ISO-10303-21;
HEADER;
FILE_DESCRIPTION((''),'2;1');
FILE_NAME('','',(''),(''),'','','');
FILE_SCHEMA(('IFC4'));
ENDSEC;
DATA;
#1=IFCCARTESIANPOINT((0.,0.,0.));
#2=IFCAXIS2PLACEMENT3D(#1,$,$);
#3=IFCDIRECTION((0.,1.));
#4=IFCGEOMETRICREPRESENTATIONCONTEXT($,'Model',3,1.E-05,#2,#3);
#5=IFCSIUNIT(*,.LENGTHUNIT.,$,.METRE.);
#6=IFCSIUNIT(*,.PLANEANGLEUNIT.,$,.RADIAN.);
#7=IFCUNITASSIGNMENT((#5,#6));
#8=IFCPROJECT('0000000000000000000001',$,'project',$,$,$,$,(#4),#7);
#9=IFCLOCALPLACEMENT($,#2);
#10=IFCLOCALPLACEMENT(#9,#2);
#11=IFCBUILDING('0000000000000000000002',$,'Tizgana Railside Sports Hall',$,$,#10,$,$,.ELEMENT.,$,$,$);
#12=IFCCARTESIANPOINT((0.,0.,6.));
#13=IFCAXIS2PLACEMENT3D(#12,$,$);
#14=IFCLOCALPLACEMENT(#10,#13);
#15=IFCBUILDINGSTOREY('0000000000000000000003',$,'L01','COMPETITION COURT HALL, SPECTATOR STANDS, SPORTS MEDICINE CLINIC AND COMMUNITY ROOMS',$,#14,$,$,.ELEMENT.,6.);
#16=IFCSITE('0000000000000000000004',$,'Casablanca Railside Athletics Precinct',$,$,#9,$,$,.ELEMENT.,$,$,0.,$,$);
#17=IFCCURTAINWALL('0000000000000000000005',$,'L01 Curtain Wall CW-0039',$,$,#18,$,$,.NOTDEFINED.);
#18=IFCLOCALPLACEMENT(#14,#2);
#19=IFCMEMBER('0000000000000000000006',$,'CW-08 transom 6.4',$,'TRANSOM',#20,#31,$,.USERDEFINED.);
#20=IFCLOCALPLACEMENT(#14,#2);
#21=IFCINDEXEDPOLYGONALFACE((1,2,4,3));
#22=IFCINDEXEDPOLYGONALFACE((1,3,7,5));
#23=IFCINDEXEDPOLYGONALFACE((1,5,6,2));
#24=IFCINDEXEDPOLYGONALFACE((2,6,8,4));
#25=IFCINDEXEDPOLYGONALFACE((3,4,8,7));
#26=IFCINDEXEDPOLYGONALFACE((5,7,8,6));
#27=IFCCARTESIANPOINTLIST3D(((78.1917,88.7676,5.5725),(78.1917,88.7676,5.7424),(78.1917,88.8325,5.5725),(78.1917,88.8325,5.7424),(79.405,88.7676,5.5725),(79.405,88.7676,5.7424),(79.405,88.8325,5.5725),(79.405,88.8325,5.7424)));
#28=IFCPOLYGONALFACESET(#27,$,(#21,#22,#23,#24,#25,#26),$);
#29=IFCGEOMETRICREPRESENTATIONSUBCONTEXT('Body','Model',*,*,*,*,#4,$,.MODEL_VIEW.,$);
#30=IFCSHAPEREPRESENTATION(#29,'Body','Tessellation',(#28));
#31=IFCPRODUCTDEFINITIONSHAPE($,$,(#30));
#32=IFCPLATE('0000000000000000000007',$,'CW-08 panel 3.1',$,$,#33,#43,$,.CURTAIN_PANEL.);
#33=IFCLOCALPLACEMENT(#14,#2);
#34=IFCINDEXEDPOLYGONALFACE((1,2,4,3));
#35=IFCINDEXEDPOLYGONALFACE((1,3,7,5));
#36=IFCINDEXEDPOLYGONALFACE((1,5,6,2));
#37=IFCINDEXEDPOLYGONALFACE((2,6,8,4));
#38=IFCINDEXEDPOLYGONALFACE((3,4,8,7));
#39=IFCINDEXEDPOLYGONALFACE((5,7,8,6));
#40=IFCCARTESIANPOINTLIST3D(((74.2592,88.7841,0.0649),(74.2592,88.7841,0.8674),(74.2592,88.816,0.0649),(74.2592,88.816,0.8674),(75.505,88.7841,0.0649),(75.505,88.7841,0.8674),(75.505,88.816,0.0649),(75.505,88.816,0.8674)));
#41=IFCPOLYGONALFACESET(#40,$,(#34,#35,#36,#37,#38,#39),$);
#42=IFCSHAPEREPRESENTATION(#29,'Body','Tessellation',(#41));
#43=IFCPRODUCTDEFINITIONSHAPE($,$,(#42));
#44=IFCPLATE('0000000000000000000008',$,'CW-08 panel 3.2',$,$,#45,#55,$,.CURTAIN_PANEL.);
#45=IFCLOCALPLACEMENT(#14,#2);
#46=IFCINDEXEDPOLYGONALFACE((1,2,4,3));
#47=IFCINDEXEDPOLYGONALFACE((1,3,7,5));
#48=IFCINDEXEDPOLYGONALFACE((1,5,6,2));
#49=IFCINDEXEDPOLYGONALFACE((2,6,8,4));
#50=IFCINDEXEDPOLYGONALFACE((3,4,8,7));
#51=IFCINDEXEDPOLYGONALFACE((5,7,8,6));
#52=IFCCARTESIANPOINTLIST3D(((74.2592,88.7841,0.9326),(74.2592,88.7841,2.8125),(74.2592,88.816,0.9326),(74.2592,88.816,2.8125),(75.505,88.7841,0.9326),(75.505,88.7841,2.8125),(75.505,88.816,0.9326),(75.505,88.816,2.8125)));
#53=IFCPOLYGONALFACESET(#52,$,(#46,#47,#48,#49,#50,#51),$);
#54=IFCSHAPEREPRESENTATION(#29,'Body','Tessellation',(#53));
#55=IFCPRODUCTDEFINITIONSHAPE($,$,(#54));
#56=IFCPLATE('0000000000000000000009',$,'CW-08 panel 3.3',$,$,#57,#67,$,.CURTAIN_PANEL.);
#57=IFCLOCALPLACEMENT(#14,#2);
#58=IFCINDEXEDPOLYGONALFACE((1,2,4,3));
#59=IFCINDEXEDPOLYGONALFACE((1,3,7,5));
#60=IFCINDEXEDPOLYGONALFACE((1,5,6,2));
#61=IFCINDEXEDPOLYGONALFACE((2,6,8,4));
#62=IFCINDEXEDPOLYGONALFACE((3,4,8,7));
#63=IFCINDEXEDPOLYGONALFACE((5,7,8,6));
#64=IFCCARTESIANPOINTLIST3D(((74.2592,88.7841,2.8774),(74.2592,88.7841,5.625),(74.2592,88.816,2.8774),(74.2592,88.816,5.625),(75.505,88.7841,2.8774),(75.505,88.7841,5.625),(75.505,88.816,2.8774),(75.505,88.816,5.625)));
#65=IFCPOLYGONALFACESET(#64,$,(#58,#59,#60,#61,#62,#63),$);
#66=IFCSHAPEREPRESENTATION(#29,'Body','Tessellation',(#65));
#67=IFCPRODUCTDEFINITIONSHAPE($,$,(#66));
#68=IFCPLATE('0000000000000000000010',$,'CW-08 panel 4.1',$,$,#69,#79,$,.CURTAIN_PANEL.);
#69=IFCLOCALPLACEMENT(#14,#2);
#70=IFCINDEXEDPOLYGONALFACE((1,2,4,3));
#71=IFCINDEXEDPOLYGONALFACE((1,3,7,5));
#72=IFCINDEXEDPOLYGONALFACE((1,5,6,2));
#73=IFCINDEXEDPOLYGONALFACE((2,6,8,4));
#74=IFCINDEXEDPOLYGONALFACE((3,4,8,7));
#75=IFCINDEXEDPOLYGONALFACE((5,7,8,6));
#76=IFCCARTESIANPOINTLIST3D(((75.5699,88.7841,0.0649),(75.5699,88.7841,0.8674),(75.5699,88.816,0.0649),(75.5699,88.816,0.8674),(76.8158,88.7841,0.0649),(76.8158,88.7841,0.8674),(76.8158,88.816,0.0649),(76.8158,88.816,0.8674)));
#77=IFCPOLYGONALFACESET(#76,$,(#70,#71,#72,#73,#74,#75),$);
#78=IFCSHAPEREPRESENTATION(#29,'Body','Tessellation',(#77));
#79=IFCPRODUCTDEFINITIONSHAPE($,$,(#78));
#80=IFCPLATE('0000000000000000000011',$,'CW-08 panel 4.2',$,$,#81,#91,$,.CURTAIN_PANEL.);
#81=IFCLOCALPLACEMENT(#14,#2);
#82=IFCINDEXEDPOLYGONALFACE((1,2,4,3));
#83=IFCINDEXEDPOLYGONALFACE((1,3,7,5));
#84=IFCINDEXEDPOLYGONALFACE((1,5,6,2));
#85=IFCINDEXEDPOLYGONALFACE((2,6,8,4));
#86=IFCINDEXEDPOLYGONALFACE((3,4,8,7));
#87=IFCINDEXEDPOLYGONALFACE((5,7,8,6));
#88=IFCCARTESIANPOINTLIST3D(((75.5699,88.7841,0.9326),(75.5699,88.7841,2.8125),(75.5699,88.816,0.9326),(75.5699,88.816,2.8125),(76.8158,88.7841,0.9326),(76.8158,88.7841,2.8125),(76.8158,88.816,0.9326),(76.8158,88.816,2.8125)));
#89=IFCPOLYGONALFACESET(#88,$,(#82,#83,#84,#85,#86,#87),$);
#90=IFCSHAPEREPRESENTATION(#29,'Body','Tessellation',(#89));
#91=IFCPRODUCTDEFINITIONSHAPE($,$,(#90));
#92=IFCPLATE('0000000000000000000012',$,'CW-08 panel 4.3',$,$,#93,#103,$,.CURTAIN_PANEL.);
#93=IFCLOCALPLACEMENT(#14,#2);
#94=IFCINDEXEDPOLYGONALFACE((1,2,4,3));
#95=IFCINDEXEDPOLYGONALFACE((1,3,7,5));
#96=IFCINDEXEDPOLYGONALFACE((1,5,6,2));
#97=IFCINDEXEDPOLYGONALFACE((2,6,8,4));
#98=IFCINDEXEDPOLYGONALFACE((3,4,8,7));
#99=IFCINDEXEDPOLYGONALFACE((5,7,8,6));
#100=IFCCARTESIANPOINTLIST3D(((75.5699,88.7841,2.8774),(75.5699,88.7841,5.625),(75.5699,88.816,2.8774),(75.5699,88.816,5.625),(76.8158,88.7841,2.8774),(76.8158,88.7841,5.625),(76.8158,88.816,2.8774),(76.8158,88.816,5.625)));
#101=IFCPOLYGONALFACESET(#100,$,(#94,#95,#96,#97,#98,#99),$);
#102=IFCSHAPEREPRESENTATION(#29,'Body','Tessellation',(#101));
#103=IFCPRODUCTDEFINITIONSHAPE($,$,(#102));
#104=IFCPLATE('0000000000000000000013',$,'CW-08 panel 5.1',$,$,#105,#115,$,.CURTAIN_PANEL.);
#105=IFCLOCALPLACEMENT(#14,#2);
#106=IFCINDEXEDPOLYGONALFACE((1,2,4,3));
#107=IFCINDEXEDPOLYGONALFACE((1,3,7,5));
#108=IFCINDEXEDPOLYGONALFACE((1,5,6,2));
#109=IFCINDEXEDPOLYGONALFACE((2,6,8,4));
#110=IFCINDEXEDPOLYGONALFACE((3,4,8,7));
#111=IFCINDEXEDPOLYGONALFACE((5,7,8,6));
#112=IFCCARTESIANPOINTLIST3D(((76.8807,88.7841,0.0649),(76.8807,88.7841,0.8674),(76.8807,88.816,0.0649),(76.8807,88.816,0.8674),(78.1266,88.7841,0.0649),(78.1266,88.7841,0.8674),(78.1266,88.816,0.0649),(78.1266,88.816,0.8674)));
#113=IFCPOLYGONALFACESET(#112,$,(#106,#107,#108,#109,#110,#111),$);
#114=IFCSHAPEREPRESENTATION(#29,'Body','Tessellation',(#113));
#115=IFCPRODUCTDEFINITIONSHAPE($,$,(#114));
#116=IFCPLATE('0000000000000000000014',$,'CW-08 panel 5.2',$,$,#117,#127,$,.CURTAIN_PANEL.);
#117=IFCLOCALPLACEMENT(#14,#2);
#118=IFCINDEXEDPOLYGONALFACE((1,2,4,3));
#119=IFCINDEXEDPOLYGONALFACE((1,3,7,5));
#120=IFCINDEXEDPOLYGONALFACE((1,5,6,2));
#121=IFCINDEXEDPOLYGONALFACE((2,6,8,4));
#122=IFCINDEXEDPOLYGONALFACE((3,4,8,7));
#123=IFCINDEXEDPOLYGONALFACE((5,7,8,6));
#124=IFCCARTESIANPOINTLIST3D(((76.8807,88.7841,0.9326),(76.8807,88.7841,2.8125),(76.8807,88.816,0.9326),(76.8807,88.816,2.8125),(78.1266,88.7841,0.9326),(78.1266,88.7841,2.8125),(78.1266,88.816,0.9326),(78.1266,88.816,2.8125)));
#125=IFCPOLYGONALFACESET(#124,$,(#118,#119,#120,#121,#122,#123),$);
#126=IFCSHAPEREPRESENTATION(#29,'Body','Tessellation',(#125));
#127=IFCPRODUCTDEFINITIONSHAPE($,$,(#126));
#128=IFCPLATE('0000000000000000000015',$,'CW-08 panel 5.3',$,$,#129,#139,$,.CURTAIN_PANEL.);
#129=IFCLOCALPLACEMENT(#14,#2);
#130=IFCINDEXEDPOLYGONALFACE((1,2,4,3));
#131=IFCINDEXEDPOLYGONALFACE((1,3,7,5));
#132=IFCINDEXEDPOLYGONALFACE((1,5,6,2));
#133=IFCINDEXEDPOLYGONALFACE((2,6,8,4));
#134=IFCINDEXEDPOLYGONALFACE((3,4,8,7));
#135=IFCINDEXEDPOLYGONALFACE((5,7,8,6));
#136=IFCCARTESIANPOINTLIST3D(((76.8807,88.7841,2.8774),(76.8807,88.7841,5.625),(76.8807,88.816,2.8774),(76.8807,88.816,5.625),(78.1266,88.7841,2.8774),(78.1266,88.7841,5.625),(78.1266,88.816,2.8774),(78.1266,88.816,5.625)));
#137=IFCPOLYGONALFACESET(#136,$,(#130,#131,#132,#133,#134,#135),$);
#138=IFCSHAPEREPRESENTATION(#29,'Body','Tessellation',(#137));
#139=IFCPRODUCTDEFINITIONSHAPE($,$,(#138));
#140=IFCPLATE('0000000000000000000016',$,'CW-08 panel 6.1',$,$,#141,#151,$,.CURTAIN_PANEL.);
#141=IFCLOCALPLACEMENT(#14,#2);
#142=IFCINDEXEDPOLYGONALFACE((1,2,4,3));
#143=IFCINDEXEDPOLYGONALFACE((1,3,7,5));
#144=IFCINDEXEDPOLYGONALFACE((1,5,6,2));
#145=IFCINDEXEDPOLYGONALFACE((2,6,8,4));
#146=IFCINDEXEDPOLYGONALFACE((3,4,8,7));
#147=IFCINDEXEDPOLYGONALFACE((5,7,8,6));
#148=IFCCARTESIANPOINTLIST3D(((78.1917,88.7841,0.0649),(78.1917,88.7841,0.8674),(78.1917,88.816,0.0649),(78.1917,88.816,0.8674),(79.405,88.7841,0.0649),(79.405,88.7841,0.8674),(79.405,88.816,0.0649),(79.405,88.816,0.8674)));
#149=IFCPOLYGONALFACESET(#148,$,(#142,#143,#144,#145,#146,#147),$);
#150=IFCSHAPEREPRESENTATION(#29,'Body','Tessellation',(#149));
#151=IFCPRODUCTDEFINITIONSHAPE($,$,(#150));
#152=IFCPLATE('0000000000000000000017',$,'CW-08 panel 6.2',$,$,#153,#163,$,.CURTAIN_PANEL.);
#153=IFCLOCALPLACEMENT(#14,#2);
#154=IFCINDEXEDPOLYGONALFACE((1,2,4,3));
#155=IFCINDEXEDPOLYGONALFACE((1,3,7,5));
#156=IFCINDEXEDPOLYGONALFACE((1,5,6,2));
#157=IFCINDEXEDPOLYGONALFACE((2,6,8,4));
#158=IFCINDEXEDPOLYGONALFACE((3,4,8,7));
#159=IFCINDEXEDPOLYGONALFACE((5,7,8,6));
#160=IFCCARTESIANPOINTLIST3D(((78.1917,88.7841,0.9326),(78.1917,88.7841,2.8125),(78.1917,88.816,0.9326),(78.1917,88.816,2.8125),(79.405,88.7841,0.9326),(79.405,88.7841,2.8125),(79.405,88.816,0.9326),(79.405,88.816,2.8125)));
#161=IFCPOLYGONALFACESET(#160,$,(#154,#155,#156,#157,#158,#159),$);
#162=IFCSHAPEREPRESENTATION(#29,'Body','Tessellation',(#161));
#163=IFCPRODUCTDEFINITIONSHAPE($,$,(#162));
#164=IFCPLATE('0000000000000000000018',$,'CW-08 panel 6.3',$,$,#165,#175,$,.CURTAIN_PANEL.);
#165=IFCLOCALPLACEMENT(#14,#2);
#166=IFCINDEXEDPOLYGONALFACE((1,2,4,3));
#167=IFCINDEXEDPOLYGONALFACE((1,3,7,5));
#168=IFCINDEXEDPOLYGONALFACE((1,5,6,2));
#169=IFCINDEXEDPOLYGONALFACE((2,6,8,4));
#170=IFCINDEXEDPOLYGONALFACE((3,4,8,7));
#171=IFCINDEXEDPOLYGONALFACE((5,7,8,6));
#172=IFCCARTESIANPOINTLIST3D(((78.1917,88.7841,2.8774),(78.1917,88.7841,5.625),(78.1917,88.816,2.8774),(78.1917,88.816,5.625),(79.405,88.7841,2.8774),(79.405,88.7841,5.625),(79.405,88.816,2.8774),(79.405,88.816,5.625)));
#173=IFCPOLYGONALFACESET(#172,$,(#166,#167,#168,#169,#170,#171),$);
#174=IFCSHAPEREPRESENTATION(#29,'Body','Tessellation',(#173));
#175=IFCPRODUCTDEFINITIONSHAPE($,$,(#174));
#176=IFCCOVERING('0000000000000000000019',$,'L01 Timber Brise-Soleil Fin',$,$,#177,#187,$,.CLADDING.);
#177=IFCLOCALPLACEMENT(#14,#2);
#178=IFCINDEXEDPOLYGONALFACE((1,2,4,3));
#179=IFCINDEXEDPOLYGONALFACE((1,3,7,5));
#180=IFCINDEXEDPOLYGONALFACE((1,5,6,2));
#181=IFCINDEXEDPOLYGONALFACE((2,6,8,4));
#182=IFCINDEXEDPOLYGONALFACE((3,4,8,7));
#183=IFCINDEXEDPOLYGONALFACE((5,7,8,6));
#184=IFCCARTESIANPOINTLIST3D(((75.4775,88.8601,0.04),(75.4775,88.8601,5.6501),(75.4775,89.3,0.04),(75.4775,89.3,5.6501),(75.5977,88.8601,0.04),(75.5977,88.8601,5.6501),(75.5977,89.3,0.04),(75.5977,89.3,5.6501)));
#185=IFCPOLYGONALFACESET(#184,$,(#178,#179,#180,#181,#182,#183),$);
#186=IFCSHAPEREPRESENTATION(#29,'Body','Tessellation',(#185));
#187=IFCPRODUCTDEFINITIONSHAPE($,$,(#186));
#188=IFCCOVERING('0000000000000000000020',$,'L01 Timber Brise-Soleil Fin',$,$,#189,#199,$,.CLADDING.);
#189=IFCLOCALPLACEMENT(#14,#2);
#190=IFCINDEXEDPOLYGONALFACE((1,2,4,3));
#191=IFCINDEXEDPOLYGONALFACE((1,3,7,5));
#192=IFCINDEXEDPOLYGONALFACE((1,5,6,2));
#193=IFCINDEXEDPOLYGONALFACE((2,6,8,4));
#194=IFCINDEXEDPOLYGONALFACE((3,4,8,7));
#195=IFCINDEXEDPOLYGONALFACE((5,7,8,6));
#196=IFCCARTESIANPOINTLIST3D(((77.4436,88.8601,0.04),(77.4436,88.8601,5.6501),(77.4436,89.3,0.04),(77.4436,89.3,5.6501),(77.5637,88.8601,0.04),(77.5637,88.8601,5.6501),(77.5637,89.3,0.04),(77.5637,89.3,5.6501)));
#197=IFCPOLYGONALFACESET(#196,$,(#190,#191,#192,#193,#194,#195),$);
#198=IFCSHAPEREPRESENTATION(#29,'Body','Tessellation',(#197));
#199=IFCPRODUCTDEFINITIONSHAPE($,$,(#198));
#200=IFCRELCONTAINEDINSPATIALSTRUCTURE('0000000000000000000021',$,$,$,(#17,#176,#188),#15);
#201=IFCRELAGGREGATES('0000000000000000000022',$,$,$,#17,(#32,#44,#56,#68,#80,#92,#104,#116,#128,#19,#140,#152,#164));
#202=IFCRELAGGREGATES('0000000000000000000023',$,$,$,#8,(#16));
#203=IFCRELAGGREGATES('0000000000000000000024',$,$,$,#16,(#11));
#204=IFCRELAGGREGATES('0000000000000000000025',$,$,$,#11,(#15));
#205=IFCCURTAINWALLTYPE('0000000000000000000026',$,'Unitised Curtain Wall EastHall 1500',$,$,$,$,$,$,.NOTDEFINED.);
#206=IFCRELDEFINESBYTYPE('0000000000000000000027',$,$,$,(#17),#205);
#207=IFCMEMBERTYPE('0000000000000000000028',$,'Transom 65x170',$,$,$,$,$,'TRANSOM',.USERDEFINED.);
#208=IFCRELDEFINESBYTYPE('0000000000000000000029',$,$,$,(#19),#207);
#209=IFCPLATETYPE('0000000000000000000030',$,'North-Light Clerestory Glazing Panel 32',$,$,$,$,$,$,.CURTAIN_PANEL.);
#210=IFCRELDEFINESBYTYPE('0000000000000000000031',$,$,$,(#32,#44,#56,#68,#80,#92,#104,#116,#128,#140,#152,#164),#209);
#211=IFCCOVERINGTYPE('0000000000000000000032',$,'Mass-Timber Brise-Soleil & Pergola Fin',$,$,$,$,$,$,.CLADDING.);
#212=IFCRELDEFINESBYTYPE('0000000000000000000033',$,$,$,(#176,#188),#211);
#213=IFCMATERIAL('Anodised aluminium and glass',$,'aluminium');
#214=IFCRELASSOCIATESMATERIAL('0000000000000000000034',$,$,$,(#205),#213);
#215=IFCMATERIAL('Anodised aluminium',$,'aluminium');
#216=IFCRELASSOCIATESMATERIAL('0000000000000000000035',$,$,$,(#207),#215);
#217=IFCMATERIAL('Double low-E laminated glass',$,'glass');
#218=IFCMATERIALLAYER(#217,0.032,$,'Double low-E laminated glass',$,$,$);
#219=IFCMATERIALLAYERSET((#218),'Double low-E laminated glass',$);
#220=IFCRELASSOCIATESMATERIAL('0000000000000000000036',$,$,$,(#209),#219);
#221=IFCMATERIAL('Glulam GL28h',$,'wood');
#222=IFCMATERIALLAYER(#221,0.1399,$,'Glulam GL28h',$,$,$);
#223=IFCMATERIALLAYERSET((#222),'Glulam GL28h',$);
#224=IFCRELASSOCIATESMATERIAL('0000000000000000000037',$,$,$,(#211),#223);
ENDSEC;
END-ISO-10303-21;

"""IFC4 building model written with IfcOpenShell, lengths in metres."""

from ifc_helpers import new_model, si_unit, direction, frame, origin, origin_2d, place, context, subcontext, project, spatial, rectangle, extrude, material, layer, layer_set, material_profile, profile_set, type_object, element, aggregate, save


model = new_model("IFC4")

# Units and contexts
model_context = context("Model", 3, precision=1e-05, world=origin(), true_north=direction((0.0, 1.0)))
body_context = subcontext(model_context, "Body", "Model", "MODEL_VIEW")
ifc_project = project(units=[si_unit("LENGTHUNIT", "METRE"), si_unit("PLANEANGLEUNIT", "RADIAN")], contexts=[model_context])

# Site, building, storey
site_placement = place(None, origin())
site = spatial("IfcSite", under=ifc_project, at=site_placement, Name="Casablanca Railside Athletics Precinct", CompositionType="ELEMENT", RefElevation=0.0)
building_placement = place(site_placement, origin())
building = spatial("IfcBuilding", under=site, at=building_placement, Name="Tizgana Railside Sports Hall", CompositionType="ELEMENT")
storey_placement = place(building_placement, frame((0.0, 0.0, 6.0)))
storey = spatial("IfcBuildingStorey", under=building, at=storey_placement, Name="L01", Description="COMPETITION COURT HALL, SPECTATOR STANDS, SPORTS MEDICINE CLINIC AND COMMUNITY ROOMS", CompositionType="ELEMENT", Elevation=6.0)

# Curtain wall, member, plates
ifc_material_1 = material(Name="Anodised aluminium and glass", Category="aluminium")
curtain_wall_type = type_object("IfcCurtainWallType", Name="Unitised Curtain Wall EastHall 1500", PredefinedType="NOTDEFINED", material=ifc_material_1)
curtain_wall_placement = place(storey_placement, origin())
curtain_wall = element("IfcCurtainWall", 1, at=curtain_wall_placement, inside=storey, type_object=curtain_wall_type, Name="L01 Curtain Wall CW-0039", PredefinedType="NOTDEFINED")
ifc_material_2 = material(Name="Anodised aluminium", Category="aluminium")
ifc_material_profile_1 = material_profile(ifc_material_2, rectangle(XDim=0.0649, YDim=0.1699, at=origin_2d()), Name="Transom 65x170")
ifc_profile_set_1 = profile_set([ifc_material_profile_1], Name="Anodised aluminium")
member_type_1 = type_object("IfcMemberType", Name="Transom 65x170", ElementType="TRANSOM", PredefinedType="USERDEFINED", material=ifc_profile_set_1)
member_1_placement = place(storey_placement, frame((78.1917, 88.8, 5.6575), z_axis=(1.0, 0.0, 0.0), x_axis=(0.0, 1.0, 0.0)))
member_1 = element("IfcMember", 2, at=member_1_placement, type_object=member_type_1, Name="CW-08 transom 6.4", ObjectType="TRANSOM", PredefinedType="USERDEFINED", context=body_context, shape_type="SweptSolid", body=[
    extrude(rectangle(XDim=0.0649, YDim=0.1699, at=origin_2d()), origin(), (0.0, 0.0, 1.0), 1.2134),
])
ifc_material_3 = material(Name="Double low-E laminated glass", Category="glass")
ifc_layer_1 = layer(ifc_material_3, 0.032, Name="Double low-E laminated glass")
ifc_layer_set_1 = layer_set([ifc_layer_1], Name="Double low-E laminated glass")
plate_type = type_object("IfcPlateType", Name="North-Light Clerestory Glazing Panel 32", PredefinedType="CURTAIN_PANEL", material=ifc_layer_set_1)
plate_1_placement = place(storey_placement, frame((74.8821, 88.8, 0.0649), z_axis=(0.0, 0.0, 1.0), x_axis=(1.0, 0.0, 0.0)))
plate_1 = element("IfcPlate", 3, at=plate_1_placement, type_object=plate_type, Name="CW-08 panel 3.1", PredefinedType="CURTAIN_PANEL", context=body_context, shape_type="SweptSolid", body=[
    extrude(rectangle(XDim=1.2458, YDim=0.032, at=origin_2d()), origin(), (0.0, 0.0, 1.0), 0.8025),
])
plate_2_placement = place(storey_placement, frame((74.8821, 88.8, 0.9326), z_axis=(0.0, 0.0, 1.0), x_axis=(1.0, 0.0, 0.0)))
plate_2 = element("IfcPlate", 4, at=plate_2_placement, type_object=plate_type, Name="CW-08 panel 3.2", PredefinedType="CURTAIN_PANEL", context=body_context, shape_type="SweptSolid", body=[
    extrude(rectangle(XDim=1.2458, YDim=0.032, at=origin_2d()), origin(), (0.0, 0.0, 1.0), 1.8799),
])
plate_3_placement = place(storey_placement, frame((74.8821, 88.8, 2.8774), z_axis=(0.0, 0.0, 1.0), x_axis=(1.0, 0.0, 0.0)))
plate_3 = element("IfcPlate", 5, at=plate_3_placement, type_object=plate_type, Name="CW-08 panel 3.3", PredefinedType="CURTAIN_PANEL", context=body_context, shape_type="SweptSolid", body=[
    extrude(rectangle(XDim=1.2458, YDim=0.032, at=origin_2d()), origin(), (0.0, 0.0, 1.0), 2.7476),
])
plate_4_placement = place(storey_placement, frame((76.1929, 88.8, 0.0649), z_axis=(0.0, 0.0, 1.0), x_axis=(1.0, 0.0, 0.0)))
plate_4 = element("IfcPlate", 6, at=plate_4_placement, type_object=plate_type, Name="CW-08 panel 4.1", PredefinedType="CURTAIN_PANEL", context=body_context, shape_type="SweptSolid", body=[
    extrude(rectangle(XDim=1.2458, YDim=0.032, at=origin_2d()), origin(), (0.0, 0.0, 1.0), 0.8025),
])
plate_5_placement = place(storey_placement, frame((76.1929, 88.8, 0.9326), z_axis=(0.0, 0.0, 1.0), x_axis=(1.0, 0.0, 0.0)))
plate_5 = element("IfcPlate", 7, at=plate_5_placement, type_object=plate_type, Name="CW-08 panel 4.2", PredefinedType="CURTAIN_PANEL", context=body_context, shape_type="SweptSolid", body=[
    extrude(rectangle(XDim=1.2458, YDim=0.032, at=origin_2d()), origin(), (0.0, 0.0, 1.0), 1.8799),
])
plate_6_placement = place(storey_placement, frame((76.1929, 88.8, 2.8774), z_axis=(0.0, 0.0, 1.0), x_axis=(1.0, 0.0, 0.0)))
plate_6 = element("IfcPlate", 8, at=plate_6_placement, type_object=plate_type, Name="CW-08 panel 4.3", PredefinedType="CURTAIN_PANEL", context=body_context, shape_type="SweptSolid", body=[
    extrude(rectangle(XDim=1.2458, YDim=0.032, at=origin_2d()), origin(), (0.0, 0.0, 1.0), 2.7476),
])
plate_7_placement = place(storey_placement, frame((77.5037, 88.8, 0.0649), z_axis=(0.0, 0.0, 1.0), x_axis=(1.0, 0.0, 0.0)))
plate_7 = element("IfcPlate", 9, at=plate_7_placement, type_object=plate_type, Name="CW-08 panel 5.1", PredefinedType="CURTAIN_PANEL", context=body_context, shape_type="SweptSolid", body=[
    extrude(rectangle(XDim=1.2458, YDim=0.032, at=origin_2d()), origin(), (0.0, 0.0, 1.0), 0.8025),
])
plate_8_placement = place(storey_placement, frame((77.5037, 88.8, 0.9326), z_axis=(0.0, 0.0, 1.0), x_axis=(1.0, 0.0, 0.0)))
plate_8 = element("IfcPlate", 10, at=plate_8_placement, type_object=plate_type, Name="CW-08 panel 5.2", PredefinedType="CURTAIN_PANEL", context=body_context, shape_type="SweptSolid", body=[
    extrude(rectangle(XDim=1.2458, YDim=0.032, at=origin_2d()), origin(), (0.0, 0.0, 1.0), 1.8799),
])
plate_9_placement = place(storey_placement, frame((77.5037, 88.8, 2.8774), z_axis=(0.0, 0.0, 1.0), x_axis=(1.0, 0.0, 0.0)))
plate_9 = element("IfcPlate", 11, at=plate_9_placement, type_object=plate_type, Name="CW-08 panel 5.3", PredefinedType="CURTAIN_PANEL", context=body_context, shape_type="SweptSolid", body=[
    extrude(rectangle(XDim=1.2458, YDim=0.032, at=origin_2d()), origin(), (0.0, 0.0, 1.0), 2.7476),
])
plate_10_placement = place(storey_placement, frame((78.7983, 88.8, 0.0649), z_axis=(0.0, 0.0, 1.0), x_axis=(1.0, 0.0, 0.0)))
plate_10 = element("IfcPlate", 12, at=plate_10_placement, type_object=plate_type, Name="CW-08 panel 6.1", PredefinedType="CURTAIN_PANEL", context=body_context, shape_type="SweptSolid", body=[
    extrude(rectangle(XDim=1.2134, YDim=0.032, at=origin_2d()), origin(), (0.0, 0.0, 1.0), 0.8025),
])
plate_11_placement = place(storey_placement, frame((78.7983, 88.8, 0.9326), z_axis=(0.0, 0.0, 1.0), x_axis=(1.0, 0.0, 0.0)))
plate_11 = element("IfcPlate", 13, at=plate_11_placement, type_object=plate_type, Name="CW-08 panel 6.2", PredefinedType="CURTAIN_PANEL", context=body_context, shape_type="SweptSolid", body=[
    extrude(rectangle(XDim=1.2134, YDim=0.032, at=origin_2d()), origin(), (0.0, 0.0, 1.0), 1.8799),
])
plate_12_placement = place(storey_placement, frame((78.7983, 88.8, 2.8774), z_axis=(0.0, 0.0, 1.0), x_axis=(1.0, 0.0, 0.0)))
plate_12 = element("IfcPlate", 14, at=plate_12_placement, type_object=plate_type, Name="CW-08 panel 6.3", PredefinedType="CURTAIN_PANEL", context=body_context, shape_type="SweptSolid", body=[
    extrude(rectangle(XDim=1.2134, YDim=0.032, at=origin_2d()), origin(), (0.0, 0.0, 1.0), 2.7476),
])
aggregate(curtain_wall, [plate_1, plate_2, plate_3, plate_4, plate_5, plate_6, plate_7, plate_8, plate_9, member_1, plate_10, plate_11, plate_12])

# Coverings
ifc_material_4 = material(Name="Glulam GL28h", Category="wood")
ifc_layer_2 = layer(ifc_material_4, 0.1399, Name="Glulam GL28h")
ifc_layer_set_2 = layer_set([ifc_layer_2], Name="Glulam GL28h")
covering_type = type_object("IfcCoveringType", Name="Mass-Timber Brise-Soleil & Pergola Fin", PredefinedType="CLADDING", material=ifc_layer_set_2)
for number, where, z_axis, x_axis, name in (
    (15, (75.5376, 89.0801, 0.04), (0.0, 0.0, 1.0), (1.0, 0.0, 0.0), "L01 Timber Brise-Soleil Fin"),
    (16, (77.5037, 89.0801, 0.04), (0.0, 0.0, 1.0), (1.0, 0.0, 0.0), "L01 Timber Brise-Soleil Fin"),
):
    element("IfcCovering", number, at=place(storey_placement, frame(where, z_axis=z_axis, x_axis=x_axis)), inside=storey, type_object=covering_type, Name=name, PredefinedType="CLADDING", context=body_context, shape_type="SweptSolid", body=[
        extrude(rectangle(XDim=0.1201, YDim=0.4399, at=origin_2d()), origin(), (0.0, 0.0, 1.0), 5.6101),
    ])

save(model, "model.ifc")
